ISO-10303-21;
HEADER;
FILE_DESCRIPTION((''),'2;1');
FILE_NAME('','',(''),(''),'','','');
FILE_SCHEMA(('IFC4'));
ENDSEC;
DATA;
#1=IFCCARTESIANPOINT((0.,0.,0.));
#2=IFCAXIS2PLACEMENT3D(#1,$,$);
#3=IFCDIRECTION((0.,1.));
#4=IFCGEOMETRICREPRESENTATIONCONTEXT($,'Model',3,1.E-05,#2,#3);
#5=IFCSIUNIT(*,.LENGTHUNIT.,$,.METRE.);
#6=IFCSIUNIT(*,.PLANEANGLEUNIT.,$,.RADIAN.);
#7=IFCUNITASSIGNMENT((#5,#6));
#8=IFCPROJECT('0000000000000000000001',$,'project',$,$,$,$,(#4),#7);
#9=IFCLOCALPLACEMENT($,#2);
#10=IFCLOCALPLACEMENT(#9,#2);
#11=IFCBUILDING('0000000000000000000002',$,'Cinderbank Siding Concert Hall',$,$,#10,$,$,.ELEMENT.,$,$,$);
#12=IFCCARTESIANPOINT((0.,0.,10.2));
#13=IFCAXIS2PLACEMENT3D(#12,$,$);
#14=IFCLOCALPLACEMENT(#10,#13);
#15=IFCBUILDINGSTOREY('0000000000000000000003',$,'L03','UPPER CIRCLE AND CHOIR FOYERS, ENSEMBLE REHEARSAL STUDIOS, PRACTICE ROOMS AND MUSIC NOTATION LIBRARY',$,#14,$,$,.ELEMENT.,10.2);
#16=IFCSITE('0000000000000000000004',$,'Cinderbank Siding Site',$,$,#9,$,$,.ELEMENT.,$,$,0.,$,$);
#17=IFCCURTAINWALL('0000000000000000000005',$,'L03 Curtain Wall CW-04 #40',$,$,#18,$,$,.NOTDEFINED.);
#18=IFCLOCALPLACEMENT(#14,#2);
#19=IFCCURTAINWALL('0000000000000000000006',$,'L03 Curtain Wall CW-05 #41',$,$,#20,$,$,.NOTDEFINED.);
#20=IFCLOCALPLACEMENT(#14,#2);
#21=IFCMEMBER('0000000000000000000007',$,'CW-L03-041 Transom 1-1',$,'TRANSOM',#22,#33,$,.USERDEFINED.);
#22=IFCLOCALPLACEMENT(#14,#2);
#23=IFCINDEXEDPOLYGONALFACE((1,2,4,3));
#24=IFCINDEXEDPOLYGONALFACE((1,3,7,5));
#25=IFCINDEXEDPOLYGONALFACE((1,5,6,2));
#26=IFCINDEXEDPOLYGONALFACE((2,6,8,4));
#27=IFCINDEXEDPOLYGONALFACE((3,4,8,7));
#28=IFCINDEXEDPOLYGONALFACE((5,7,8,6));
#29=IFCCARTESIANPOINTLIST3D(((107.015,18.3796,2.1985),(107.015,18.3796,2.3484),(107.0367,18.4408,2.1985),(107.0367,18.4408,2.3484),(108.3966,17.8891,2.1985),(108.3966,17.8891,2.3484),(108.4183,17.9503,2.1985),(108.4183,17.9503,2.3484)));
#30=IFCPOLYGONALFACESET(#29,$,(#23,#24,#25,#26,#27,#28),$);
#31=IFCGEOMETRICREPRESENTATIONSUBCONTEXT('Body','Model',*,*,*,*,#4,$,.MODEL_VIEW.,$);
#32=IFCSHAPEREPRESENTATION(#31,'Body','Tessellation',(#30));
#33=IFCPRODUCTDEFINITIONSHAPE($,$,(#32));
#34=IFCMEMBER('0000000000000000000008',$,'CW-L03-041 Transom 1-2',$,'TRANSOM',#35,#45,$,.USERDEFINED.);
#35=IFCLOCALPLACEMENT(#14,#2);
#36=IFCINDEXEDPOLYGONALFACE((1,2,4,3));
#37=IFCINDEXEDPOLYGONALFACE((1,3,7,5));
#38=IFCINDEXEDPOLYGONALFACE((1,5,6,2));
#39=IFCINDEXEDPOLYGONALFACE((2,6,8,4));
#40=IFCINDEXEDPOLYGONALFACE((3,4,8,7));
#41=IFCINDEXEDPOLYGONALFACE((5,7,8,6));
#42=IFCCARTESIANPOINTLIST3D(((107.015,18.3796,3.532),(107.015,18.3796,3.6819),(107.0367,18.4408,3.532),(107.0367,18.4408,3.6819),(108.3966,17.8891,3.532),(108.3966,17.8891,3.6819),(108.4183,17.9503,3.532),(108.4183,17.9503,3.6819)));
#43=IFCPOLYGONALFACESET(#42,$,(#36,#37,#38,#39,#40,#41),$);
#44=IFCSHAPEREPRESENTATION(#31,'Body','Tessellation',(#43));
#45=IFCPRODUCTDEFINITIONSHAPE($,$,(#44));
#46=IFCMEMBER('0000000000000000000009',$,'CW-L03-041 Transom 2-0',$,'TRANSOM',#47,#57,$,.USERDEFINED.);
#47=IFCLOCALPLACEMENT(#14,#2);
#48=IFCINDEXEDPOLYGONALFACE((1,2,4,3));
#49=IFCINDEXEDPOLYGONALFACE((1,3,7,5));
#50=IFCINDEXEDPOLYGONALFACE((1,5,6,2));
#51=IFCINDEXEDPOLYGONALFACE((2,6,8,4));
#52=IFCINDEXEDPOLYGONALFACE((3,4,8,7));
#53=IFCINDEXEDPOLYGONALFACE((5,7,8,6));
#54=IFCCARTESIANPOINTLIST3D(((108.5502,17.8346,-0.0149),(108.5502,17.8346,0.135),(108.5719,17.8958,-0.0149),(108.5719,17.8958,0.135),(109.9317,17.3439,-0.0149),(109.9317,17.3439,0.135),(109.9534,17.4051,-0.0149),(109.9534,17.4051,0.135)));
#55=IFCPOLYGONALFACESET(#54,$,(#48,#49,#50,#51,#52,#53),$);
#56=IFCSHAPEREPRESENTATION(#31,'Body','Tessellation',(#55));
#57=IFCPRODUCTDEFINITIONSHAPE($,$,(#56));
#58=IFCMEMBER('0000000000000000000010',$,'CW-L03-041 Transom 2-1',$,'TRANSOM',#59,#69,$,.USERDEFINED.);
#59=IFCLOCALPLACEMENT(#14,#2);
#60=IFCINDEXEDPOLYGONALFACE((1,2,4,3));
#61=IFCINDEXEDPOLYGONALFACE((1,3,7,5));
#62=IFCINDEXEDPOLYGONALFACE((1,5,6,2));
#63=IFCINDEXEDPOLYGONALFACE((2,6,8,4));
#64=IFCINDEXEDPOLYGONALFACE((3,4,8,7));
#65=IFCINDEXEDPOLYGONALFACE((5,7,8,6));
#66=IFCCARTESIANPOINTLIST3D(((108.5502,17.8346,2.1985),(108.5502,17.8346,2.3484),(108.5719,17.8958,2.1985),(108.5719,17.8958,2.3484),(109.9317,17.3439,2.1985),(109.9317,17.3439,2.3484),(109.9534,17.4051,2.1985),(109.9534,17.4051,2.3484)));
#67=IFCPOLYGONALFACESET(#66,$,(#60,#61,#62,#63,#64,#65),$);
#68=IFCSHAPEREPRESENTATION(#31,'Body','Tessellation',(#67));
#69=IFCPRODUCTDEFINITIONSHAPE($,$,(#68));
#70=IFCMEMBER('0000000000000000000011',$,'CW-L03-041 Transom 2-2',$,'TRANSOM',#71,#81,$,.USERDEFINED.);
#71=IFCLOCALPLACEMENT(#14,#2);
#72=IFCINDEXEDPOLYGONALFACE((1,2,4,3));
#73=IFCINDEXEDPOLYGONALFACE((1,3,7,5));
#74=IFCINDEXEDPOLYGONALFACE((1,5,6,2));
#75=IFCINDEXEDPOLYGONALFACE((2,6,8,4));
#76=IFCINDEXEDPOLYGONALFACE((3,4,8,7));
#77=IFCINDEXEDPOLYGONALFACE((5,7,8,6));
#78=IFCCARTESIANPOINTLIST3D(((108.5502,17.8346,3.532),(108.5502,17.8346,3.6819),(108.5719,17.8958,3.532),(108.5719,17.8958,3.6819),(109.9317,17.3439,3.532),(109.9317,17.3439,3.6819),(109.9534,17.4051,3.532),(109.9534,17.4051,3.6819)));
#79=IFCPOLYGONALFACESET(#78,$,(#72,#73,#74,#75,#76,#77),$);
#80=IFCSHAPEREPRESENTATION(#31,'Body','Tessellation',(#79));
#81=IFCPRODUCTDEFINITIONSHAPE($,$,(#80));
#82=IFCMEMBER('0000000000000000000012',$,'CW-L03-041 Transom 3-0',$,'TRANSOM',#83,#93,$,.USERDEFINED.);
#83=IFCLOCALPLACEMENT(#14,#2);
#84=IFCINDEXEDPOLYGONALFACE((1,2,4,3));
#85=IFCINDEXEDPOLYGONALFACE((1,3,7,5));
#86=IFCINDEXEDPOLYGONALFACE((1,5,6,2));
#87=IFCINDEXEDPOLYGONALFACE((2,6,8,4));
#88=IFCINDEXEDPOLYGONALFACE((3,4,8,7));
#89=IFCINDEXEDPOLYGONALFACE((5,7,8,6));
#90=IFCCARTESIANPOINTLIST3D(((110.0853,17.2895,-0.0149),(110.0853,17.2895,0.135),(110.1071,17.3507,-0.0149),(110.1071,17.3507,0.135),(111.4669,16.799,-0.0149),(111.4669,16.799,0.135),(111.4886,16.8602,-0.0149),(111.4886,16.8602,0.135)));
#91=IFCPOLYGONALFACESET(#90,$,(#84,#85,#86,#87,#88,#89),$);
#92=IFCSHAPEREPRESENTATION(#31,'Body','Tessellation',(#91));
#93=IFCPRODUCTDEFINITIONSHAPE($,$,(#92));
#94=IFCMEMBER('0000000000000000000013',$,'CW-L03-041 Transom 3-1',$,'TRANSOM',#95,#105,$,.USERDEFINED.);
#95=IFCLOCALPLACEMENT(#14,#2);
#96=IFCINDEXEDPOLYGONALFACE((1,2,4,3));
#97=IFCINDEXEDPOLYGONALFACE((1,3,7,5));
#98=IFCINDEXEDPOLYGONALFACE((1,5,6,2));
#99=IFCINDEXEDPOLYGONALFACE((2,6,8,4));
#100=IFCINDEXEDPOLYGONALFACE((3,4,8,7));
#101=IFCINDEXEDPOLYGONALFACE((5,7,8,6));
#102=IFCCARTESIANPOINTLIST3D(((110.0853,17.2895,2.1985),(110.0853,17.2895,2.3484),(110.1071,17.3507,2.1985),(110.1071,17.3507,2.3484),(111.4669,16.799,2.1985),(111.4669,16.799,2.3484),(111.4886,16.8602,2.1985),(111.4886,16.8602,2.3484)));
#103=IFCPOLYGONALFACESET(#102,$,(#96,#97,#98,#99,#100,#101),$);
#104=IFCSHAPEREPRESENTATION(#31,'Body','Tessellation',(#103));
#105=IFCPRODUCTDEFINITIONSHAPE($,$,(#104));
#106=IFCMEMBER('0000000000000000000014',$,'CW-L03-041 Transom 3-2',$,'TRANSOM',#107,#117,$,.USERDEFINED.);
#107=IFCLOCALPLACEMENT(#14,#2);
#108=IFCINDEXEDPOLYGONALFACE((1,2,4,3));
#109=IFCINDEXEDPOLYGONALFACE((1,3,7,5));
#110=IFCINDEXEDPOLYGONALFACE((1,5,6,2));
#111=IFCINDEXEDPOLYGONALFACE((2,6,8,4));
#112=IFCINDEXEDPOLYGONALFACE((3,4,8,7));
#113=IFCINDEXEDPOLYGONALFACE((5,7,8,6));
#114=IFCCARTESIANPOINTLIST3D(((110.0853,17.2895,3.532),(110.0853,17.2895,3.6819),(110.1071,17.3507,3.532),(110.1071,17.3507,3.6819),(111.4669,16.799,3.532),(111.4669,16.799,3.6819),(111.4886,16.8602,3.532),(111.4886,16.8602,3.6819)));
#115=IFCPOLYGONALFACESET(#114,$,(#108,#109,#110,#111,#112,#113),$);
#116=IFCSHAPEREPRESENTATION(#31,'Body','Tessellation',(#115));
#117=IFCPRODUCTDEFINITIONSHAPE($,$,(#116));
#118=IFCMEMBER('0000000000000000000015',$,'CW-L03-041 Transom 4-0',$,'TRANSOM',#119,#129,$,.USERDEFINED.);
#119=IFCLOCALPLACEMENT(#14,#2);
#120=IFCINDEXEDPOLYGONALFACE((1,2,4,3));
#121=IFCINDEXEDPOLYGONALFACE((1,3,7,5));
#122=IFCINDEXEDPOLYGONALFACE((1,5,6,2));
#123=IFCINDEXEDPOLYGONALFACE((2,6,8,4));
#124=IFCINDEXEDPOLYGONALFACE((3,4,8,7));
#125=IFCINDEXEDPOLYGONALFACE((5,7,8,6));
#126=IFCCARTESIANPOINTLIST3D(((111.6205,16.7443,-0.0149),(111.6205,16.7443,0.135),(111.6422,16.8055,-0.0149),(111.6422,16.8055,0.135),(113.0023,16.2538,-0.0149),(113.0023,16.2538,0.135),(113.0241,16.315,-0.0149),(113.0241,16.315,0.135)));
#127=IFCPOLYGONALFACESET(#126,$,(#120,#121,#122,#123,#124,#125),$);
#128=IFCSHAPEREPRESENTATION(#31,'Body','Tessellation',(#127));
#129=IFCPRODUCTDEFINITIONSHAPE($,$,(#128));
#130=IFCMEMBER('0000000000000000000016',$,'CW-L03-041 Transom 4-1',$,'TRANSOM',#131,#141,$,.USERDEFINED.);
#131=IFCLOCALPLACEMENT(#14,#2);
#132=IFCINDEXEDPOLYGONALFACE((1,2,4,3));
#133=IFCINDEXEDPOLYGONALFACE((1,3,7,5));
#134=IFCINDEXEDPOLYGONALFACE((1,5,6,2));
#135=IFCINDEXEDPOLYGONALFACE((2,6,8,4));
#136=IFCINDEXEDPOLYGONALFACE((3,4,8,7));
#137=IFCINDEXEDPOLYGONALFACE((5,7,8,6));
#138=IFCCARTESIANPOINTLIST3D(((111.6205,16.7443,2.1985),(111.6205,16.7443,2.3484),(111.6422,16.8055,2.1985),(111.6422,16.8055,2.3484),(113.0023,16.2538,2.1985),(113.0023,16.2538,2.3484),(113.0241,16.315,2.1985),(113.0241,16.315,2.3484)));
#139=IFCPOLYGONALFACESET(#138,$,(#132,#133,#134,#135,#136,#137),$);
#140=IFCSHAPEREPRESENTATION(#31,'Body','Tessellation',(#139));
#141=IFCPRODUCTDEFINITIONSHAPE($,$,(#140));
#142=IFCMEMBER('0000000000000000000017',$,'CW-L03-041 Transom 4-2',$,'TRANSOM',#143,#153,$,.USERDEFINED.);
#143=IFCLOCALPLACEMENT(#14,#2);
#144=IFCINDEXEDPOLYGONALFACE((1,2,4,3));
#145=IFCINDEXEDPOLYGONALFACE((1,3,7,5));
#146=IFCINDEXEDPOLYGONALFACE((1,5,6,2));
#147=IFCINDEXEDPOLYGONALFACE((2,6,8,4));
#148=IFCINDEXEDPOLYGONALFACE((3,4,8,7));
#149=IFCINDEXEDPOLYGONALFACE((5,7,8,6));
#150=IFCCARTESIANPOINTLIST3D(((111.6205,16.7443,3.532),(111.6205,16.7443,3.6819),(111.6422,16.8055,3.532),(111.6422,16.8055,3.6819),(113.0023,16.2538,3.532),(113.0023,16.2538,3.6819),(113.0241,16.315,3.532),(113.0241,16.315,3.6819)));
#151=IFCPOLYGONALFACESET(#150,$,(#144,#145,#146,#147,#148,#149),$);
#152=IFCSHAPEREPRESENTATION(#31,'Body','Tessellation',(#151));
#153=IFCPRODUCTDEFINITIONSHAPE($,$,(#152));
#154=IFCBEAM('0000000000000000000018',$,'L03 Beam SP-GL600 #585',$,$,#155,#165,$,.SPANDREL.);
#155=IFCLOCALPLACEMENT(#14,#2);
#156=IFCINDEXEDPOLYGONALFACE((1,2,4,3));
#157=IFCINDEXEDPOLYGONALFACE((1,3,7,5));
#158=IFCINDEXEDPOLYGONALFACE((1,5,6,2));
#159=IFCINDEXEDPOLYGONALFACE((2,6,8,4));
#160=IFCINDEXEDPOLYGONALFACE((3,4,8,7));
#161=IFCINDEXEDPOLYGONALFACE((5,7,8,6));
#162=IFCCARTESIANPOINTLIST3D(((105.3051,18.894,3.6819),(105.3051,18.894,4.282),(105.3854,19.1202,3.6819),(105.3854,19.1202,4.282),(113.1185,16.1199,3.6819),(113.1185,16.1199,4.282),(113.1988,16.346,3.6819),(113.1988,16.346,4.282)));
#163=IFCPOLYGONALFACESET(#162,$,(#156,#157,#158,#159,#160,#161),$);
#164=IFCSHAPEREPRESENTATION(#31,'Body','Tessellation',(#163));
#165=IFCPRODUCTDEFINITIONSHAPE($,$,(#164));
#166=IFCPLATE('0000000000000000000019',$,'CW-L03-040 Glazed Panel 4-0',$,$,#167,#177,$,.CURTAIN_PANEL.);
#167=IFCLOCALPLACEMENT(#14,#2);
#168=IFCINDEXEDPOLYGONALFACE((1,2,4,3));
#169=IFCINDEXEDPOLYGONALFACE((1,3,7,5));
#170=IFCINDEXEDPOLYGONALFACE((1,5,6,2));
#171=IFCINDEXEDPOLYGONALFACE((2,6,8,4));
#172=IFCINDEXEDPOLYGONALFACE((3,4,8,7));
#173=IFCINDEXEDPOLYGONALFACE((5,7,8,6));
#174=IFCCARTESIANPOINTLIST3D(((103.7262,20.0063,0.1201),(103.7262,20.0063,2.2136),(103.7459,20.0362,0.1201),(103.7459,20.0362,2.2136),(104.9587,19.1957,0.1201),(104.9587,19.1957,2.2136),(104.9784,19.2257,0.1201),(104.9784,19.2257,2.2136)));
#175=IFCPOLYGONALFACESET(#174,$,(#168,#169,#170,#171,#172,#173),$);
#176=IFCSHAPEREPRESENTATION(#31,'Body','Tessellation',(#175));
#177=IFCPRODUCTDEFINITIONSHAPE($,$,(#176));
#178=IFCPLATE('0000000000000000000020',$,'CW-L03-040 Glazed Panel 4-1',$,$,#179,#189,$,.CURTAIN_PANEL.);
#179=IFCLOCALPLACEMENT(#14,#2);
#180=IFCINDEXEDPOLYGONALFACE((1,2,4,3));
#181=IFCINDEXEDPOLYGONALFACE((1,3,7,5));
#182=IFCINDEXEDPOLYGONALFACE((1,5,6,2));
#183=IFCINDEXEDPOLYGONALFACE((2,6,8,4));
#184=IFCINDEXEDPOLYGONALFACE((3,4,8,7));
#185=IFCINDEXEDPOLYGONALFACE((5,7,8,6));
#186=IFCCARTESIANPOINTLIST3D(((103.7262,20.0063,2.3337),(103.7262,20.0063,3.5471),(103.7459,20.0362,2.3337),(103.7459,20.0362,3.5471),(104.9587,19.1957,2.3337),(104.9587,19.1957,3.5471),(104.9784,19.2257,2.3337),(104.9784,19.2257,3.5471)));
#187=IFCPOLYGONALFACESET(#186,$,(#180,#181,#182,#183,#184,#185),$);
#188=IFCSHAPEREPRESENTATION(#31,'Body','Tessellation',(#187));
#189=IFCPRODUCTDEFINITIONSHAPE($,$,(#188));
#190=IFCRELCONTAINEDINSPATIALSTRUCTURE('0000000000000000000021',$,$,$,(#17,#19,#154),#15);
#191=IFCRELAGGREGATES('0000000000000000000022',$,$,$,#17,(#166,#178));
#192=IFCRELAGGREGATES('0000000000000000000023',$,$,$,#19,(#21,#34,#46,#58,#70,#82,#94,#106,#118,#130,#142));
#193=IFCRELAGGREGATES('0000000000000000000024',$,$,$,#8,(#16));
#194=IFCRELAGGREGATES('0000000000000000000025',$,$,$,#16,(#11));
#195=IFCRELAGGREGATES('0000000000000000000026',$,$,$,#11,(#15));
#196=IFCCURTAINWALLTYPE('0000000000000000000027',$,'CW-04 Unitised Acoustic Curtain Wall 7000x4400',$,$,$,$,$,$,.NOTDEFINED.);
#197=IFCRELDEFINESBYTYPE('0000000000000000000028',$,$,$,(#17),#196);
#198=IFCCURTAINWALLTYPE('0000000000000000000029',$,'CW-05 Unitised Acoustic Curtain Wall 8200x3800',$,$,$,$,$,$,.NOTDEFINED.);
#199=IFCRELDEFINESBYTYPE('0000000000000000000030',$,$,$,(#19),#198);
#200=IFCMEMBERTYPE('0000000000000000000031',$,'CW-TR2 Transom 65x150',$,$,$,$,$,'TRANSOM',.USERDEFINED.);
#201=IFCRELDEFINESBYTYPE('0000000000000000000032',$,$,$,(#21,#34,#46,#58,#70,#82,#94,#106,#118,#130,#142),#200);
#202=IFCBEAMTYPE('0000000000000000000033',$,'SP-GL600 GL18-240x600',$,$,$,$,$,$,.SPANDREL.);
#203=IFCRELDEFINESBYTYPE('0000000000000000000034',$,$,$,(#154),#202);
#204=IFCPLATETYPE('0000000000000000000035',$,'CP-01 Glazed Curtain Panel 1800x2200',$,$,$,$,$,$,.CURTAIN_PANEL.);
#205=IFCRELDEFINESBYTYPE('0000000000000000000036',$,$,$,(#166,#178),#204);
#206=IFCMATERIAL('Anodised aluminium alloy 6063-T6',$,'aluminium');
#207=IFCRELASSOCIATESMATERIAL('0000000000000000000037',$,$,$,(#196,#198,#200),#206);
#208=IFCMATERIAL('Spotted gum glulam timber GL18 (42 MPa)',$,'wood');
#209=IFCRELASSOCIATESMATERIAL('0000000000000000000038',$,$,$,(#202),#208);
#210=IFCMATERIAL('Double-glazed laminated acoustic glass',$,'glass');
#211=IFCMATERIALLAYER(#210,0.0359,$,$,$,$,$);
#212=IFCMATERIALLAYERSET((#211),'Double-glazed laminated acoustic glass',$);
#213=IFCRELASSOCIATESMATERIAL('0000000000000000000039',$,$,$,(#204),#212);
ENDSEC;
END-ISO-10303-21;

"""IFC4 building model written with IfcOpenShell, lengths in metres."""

from ifc_helpers import new_model, si_unit, direction, frame, origin, origin_2d, place, context, subcontext, project, spatial, rectangle, extrude, material, layer, layer_set, material_profile, profile_set, type_object, element, aggregate, save


model = new_model("IFC4")

# Units and contexts
model_context = context("Model", 3, precision=1e-05, world=origin(), true_north=direction((0.0, 1.0)))
body_context = subcontext(model_context, "Body", "Model", "MODEL_VIEW")
ifc_project = project(units=[si_unit("LENGTHUNIT", "METRE"), si_unit("PLANEANGLEUNIT", "RADIAN")], contexts=[model_context])

# Site, building, storey
site_placement = place(None, origin())
site = spatial("IfcSite", under=ifc_project, at=site_placement, Name="Cinderbank Siding Site", CompositionType="ELEMENT", RefElevation=0.0)
building_placement = place(site_placement, origin())
building = spatial("IfcBuilding", under=site, at=building_placement, Name="Cinderbank Siding Concert Hall", CompositionType="ELEMENT")
storey_placement = place(building_placement, frame((0.0, 0.0, 10.2)))
storey = spatial("IfcBuildingStorey", under=building, at=storey_placement, Name="L03", Description="UPPER CIRCLE AND CHOIR FOYERS, ENSEMBLE REHEARSAL STUDIOS, PRACTICE ROOMS AND MUSIC NOTATION LIBRARY", CompositionType="ELEMENT", Elevation=10.2)

# Curtain wall
ifc_material_1 = material(Name="Anodised aluminium alloy 6063-T6", Category="aluminium")
curtain_wall_type_1 = type_object("IfcCurtainWallType", Name="CW-04 Unitised Acoustic Curtain Wall 7000x4400", PredefinedType="NOTDEFINED", material=ifc_material_1)
curtain_wall_1_placement = place(storey_placement, origin())
curtain_wall_1 = element("IfcCurtainWall", 1, at=curtain_wall_1_placement, inside=storey, type_object=curtain_wall_type_1, Name="L03 Curtain Wall CW-04 #40", PredefinedType="NOTDEFINED")

# Curtain wall, members
curtain_wall_type_2 = type_object("IfcCurtainWallType", Name="CW-05 Unitised Acoustic Curtain Wall 8200x3800", PredefinedType="NOTDEFINED", material=ifc_material_1)
curtain_wall_2_placement = place(storey_placement, origin())
curtain_wall_2 = element("IfcCurtainWall", 2, at=curtain_wall_2_placement, inside=storey, type_object=curtain_wall_type_2, Name="L03 Curtain Wall CW-05 #41", PredefinedType="NOTDEFINED")
ifc_material_profile_1 = material_profile(ifc_material_1, rectangle(XDim=0.0649, YDim=0.1499, at=origin_2d()), Name="ALU-TRAN-65x150", Category="LoadBearing")
ifc_profile_set_1 = profile_set([ifc_material_profile_1], Name="Anodised aluminium alloy 6063-T6")
member_type_1 = type_object("IfcMemberType", Name="CW-TR2 Transom 65x150", ElementType="TRANSOM", PredefinedType="USERDEFINED", material=ifc_profile_set_1)
member_1_placement = place(storey_placement, frame((107.0259, 18.4102, 2.2734), z_axis=(0.942377, -0.334553, 0.0), x_axis=(0.334553, 0.942377, 0.0)))
member_1 = element("IfcMember", 3, at=member_1_placement, type_object=member_type_1, Name="CW-L03-041 Transom 1-1", ObjectType="TRANSOM", PredefinedType="USERDEFINED", context=body_context, shape_type="SweptSolid", body=[
    extrude(rectangle(XDim=0.0649, YDim=0.1499, at=origin_2d()), origin(), (0.0, 0.0, 1.0), 1.4661),
])
member_2_placement = place(storey_placement, frame((107.0259, 18.4102, 3.6069), z_axis=(0.942377, -0.334553, 0.0), x_axis=(0.334553, 0.942377, 0.0)))
member_2 = element("IfcMember", 4, at=member_2_placement, type_object=member_type_1, Name="CW-L03-041 Transom 1-2", ObjectType="TRANSOM", PredefinedType="USERDEFINED", context=body_context, shape_type="SweptSolid", body=[
    extrude(rectangle(XDim=0.0649, YDim=0.1499, at=origin_2d()), origin(), (0.0, 0.0, 1.0), 1.4661),
])
member_3_placement = place(storey_placement, frame((108.561, 17.8652, 0.0601), z_axis=(0.942324, -0.334701, 0.0), x_axis=(0.334701, 0.942324, 0.0)))
member_3 = element("IfcMember", 5, at=member_3_placement, type_object=member_type_1, Name="CW-L03-041 Transom 2-0", ObjectType="TRANSOM", PredefinedType="USERDEFINED", context=body_context, shape_type="SweptSolid", body=[
    extrude(rectangle(XDim=0.0649, YDim=0.1499, at=origin_2d()), origin(), (0.0, 0.0, 1.0), 1.4661),
])
member_4_placement = place(storey_placement, frame((108.561, 17.8652, 2.2734), z_axis=(0.942324, -0.334701, 0.0), x_axis=(0.334701, 0.942324, 0.0)))
member_4 = element("IfcMember", 6, at=member_4_placement, type_object=member_type_1, Name="CW-L03-041 Transom 2-1", ObjectType="TRANSOM", PredefinedType="USERDEFINED", context=body_context, shape_type="SweptSolid", body=[
    extrude(rectangle(XDim=0.0649, YDim=0.1499, at=origin_2d()), origin(), (0.0, 0.0, 1.0), 1.4661),
])
member_5_placement = place(storey_placement, frame((108.561, 17.8652, 3.6069), z_axis=(0.942324, -0.334701, 0.0), x_axis=(0.334701, 0.942324, 0.0)))
member_5 = element("IfcMember", 7, at=member_5_placement, type_object=member_type_1, Name="CW-L03-041 Transom 2-2", ObjectType="TRANSOM", PredefinedType="USERDEFINED", context=body_context, shape_type="SweptSolid", body=[
    extrude(rectangle(XDim=0.0649, YDim=0.1499, at=origin_2d()), origin(), (0.0, 0.0, 1.0), 1.4661),
])
member_6_placement = place(storey_placement, frame((110.0962, 17.3201, 0.0601), z_axis=(0.942377, -0.334553, 0.0), x_axis=(0.334553, 0.942377, 0.0)))
member_6 = element("IfcMember", 8, at=member_6_placement, type_object=member_type_1, Name="CW-L03-041 Transom 3-0", ObjectType="TRANSOM", PredefinedType="USERDEFINED", context=body_context, shape_type="SweptSolid", body=[
    extrude(rectangle(XDim=0.0649, YDim=0.1499, at=origin_2d()), origin(), (0.0, 0.0, 1.0), 1.4661),
])
member_7_placement = place(storey_placement, frame((110.0962, 17.3201, 2.2734), z_axis=(0.942377, -0.334553, 0.0), x_axis=(0.334553, 0.942377, 0.0)))
member_7 = element("IfcMember", 9, at=member_7_placement, type_object=member_type_1, Name="CW-L03-041 Transom 3-1", ObjectType="TRANSOM", PredefinedType="USERDEFINED", context=body_context, shape_type="SweptSolid", body=[
    extrude(rectangle(XDim=0.0649, YDim=0.1499, at=origin_2d()), origin(), (0.0, 0.0, 1.0), 1.4661),
])
member_8_placement = place(storey_placement, frame((110.0962, 17.3201, 3.6069), z_axis=(0.942377, -0.334553, 0.0), x_axis=(0.334553, 0.942377, 0.0)))
member_8 = element("IfcMember", 10, at=member_8_placement, type_object=member_type_1, Name="CW-L03-041 Transom 3-2", ObjectType="TRANSOM", PredefinedType="USERDEFINED", context=body_context, shape_type="SweptSolid", body=[
    extrude(rectangle(XDim=0.0649, YDim=0.1499, at=origin_2d()), origin(), (0.0, 0.0, 1.0), 1.4661),
])
member_9_placement = place(storey_placement, frame((111.6313, 16.7749, 0.0601), z_axis=(0.942396, -0.3345, 0.0), x_axis=(0.3345, 0.942396, 0.0)))
member_9 = element("IfcMember", 11, at=member_9_placement, type_object=member_type_1, Name="CW-L03-041 Transom 4-0", ObjectType="TRANSOM", PredefinedType="USERDEFINED", context=body_context, shape_type="SweptSolid", body=[
    extrude(rectangle(XDim=0.0649, YDim=0.1499, at=origin_2d()), origin(), (0.0, 0.0, 1.0), 1.4663),
])
member_10_placement = place(storey_placement, frame((111.6313, 16.7749, 2.2734), z_axis=(0.942396, -0.3345, 0.0), x_axis=(0.3345, 0.942396, 0.0)))
member_10 = element("IfcMember", 12, at=member_10_placement, type_object=member_type_1, Name="CW-L03-041 Transom 4-1", ObjectType="TRANSOM", PredefinedType="USERDEFINED", context=body_context, shape_type="SweptSolid", body=[
    extrude(rectangle(XDim=0.0649, YDim=0.1499, at=origin_2d()), origin(), (0.0, 0.0, 1.0), 1.4663),
])
member_11_placement = place(storey_placement, frame((111.6313, 16.7749, 3.6069), z_axis=(0.942396, -0.3345, 0.0), x_axis=(0.3345, 0.942396, 0.0)))
member_11 = element("IfcMember", 13, at=member_11_placement, type_object=member_type_1, Name="CW-L03-041 Transom 4-2", ObjectType="TRANSOM", PredefinedType="USERDEFINED", context=body_context, shape_type="SweptSolid", body=[
    extrude(rectangle(XDim=0.0649, YDim=0.1499, at=origin_2d()), origin(), (0.0, 0.0, 1.0), 1.4663),
])

# Beam
ifc_material_2 = material(Name="Spotted gum glulam timber GL18 (42 MPa)", Category="wood")
ifc_material_profile_2 = material_profile(ifc_material_2, rectangle(XDim=0.24, YDim=0.6001, at=origin_2d()), Name="GL18-240x600", Category="LoadBearing")
ifc_profile_set_2 = profile_set([ifc_material_profile_2], Name="Spotted gum glulam timber GL18 (42 MPa)")
beam_type = type_object("IfcBeamType", Name="SP-GL600 GL18-240x600", PredefinedType="SPANDREL", material=ifc_profile_set_2)
beam_placement = place(storey_placement, frame((105.3452, 19.0071, 3.9819), z_axis=(0.942365, -0.334586, 0.0), x_axis=(0.334586, 0.942365, 0.0)))
element("IfcBeam", 14, at=beam_placement, inside=storey, type_object=beam_type, Name="L03 Beam SP-GL600 #585", PredefinedType="SPANDREL", context=body_context, shape_type="SweptSolid", body=[
    extrude(rectangle(XDim=0.24, YDim=0.6001, at=origin_2d()), origin(), (0.0, 0.0, 1.0), 8.2913),
])

# Plates
ifc_material_3 = material(Name="Double-glazed laminated acoustic glass", Category="glass")
ifc_layer_1 = layer(ifc_material_3, 0.0359)
ifc_layer_set_1 = layer_set([ifc_layer_1], Name="Double-glazed laminated acoustic glass")
plate_type_1 = type_object("IfcPlateType", Name="CP-01 Glazed Curtain Panel 1800x2200", PredefinedType="CURTAIN_PANEL", material=ifc_layer_set_1)
plate_1_placement = place(storey_placement, frame((104.3523, 19.616, 0.1201), z_axis=(0.0, 0.0, 1.0), x_axis=(0.835492, -0.549503, 0.0)))
plate_1 = element("IfcPlate", 15, at=plate_1_placement, type_object=plate_type_1, Name="CW-L03-040 Glazed Panel 4-0", PredefinedType="CURTAIN_PANEL", context=body_context, shape_type="SweptSolid", body=[
    extrude(rectangle(XDim=1.4751, YDim=0.0359, at=origin_2d()), origin(), (0.0, 0.0, 1.0), 2.0935),
])
plate_2_placement = place(storey_placement, frame((104.3523, 19.616, 2.3337), z_axis=(0.0, 0.0, 1.0), x_axis=(0.835492, -0.549503, 0.0)))
plate_2 = element("IfcPlate", 16, at=plate_2_placement, type_object=plate_type_1, Name="CW-L03-040 Glazed Panel 4-1", PredefinedType="CURTAIN_PANEL", context=body_context, shape_type="SweptSolid", body=[
    extrude(rectangle(XDim=1.4751, YDim=0.0359, at=origin_2d()), origin(), (0.0, 0.0, 1.0), 1.2134),
])
aggregate(curtain_wall_1, [plate_1, plate_2])
aggregate(curtain_wall_2, [member_1, member_2, member_3, member_4, member_5, member_6, member_7, member_8, member_9, member_10, member_11])

save(model, "model.ifc")
